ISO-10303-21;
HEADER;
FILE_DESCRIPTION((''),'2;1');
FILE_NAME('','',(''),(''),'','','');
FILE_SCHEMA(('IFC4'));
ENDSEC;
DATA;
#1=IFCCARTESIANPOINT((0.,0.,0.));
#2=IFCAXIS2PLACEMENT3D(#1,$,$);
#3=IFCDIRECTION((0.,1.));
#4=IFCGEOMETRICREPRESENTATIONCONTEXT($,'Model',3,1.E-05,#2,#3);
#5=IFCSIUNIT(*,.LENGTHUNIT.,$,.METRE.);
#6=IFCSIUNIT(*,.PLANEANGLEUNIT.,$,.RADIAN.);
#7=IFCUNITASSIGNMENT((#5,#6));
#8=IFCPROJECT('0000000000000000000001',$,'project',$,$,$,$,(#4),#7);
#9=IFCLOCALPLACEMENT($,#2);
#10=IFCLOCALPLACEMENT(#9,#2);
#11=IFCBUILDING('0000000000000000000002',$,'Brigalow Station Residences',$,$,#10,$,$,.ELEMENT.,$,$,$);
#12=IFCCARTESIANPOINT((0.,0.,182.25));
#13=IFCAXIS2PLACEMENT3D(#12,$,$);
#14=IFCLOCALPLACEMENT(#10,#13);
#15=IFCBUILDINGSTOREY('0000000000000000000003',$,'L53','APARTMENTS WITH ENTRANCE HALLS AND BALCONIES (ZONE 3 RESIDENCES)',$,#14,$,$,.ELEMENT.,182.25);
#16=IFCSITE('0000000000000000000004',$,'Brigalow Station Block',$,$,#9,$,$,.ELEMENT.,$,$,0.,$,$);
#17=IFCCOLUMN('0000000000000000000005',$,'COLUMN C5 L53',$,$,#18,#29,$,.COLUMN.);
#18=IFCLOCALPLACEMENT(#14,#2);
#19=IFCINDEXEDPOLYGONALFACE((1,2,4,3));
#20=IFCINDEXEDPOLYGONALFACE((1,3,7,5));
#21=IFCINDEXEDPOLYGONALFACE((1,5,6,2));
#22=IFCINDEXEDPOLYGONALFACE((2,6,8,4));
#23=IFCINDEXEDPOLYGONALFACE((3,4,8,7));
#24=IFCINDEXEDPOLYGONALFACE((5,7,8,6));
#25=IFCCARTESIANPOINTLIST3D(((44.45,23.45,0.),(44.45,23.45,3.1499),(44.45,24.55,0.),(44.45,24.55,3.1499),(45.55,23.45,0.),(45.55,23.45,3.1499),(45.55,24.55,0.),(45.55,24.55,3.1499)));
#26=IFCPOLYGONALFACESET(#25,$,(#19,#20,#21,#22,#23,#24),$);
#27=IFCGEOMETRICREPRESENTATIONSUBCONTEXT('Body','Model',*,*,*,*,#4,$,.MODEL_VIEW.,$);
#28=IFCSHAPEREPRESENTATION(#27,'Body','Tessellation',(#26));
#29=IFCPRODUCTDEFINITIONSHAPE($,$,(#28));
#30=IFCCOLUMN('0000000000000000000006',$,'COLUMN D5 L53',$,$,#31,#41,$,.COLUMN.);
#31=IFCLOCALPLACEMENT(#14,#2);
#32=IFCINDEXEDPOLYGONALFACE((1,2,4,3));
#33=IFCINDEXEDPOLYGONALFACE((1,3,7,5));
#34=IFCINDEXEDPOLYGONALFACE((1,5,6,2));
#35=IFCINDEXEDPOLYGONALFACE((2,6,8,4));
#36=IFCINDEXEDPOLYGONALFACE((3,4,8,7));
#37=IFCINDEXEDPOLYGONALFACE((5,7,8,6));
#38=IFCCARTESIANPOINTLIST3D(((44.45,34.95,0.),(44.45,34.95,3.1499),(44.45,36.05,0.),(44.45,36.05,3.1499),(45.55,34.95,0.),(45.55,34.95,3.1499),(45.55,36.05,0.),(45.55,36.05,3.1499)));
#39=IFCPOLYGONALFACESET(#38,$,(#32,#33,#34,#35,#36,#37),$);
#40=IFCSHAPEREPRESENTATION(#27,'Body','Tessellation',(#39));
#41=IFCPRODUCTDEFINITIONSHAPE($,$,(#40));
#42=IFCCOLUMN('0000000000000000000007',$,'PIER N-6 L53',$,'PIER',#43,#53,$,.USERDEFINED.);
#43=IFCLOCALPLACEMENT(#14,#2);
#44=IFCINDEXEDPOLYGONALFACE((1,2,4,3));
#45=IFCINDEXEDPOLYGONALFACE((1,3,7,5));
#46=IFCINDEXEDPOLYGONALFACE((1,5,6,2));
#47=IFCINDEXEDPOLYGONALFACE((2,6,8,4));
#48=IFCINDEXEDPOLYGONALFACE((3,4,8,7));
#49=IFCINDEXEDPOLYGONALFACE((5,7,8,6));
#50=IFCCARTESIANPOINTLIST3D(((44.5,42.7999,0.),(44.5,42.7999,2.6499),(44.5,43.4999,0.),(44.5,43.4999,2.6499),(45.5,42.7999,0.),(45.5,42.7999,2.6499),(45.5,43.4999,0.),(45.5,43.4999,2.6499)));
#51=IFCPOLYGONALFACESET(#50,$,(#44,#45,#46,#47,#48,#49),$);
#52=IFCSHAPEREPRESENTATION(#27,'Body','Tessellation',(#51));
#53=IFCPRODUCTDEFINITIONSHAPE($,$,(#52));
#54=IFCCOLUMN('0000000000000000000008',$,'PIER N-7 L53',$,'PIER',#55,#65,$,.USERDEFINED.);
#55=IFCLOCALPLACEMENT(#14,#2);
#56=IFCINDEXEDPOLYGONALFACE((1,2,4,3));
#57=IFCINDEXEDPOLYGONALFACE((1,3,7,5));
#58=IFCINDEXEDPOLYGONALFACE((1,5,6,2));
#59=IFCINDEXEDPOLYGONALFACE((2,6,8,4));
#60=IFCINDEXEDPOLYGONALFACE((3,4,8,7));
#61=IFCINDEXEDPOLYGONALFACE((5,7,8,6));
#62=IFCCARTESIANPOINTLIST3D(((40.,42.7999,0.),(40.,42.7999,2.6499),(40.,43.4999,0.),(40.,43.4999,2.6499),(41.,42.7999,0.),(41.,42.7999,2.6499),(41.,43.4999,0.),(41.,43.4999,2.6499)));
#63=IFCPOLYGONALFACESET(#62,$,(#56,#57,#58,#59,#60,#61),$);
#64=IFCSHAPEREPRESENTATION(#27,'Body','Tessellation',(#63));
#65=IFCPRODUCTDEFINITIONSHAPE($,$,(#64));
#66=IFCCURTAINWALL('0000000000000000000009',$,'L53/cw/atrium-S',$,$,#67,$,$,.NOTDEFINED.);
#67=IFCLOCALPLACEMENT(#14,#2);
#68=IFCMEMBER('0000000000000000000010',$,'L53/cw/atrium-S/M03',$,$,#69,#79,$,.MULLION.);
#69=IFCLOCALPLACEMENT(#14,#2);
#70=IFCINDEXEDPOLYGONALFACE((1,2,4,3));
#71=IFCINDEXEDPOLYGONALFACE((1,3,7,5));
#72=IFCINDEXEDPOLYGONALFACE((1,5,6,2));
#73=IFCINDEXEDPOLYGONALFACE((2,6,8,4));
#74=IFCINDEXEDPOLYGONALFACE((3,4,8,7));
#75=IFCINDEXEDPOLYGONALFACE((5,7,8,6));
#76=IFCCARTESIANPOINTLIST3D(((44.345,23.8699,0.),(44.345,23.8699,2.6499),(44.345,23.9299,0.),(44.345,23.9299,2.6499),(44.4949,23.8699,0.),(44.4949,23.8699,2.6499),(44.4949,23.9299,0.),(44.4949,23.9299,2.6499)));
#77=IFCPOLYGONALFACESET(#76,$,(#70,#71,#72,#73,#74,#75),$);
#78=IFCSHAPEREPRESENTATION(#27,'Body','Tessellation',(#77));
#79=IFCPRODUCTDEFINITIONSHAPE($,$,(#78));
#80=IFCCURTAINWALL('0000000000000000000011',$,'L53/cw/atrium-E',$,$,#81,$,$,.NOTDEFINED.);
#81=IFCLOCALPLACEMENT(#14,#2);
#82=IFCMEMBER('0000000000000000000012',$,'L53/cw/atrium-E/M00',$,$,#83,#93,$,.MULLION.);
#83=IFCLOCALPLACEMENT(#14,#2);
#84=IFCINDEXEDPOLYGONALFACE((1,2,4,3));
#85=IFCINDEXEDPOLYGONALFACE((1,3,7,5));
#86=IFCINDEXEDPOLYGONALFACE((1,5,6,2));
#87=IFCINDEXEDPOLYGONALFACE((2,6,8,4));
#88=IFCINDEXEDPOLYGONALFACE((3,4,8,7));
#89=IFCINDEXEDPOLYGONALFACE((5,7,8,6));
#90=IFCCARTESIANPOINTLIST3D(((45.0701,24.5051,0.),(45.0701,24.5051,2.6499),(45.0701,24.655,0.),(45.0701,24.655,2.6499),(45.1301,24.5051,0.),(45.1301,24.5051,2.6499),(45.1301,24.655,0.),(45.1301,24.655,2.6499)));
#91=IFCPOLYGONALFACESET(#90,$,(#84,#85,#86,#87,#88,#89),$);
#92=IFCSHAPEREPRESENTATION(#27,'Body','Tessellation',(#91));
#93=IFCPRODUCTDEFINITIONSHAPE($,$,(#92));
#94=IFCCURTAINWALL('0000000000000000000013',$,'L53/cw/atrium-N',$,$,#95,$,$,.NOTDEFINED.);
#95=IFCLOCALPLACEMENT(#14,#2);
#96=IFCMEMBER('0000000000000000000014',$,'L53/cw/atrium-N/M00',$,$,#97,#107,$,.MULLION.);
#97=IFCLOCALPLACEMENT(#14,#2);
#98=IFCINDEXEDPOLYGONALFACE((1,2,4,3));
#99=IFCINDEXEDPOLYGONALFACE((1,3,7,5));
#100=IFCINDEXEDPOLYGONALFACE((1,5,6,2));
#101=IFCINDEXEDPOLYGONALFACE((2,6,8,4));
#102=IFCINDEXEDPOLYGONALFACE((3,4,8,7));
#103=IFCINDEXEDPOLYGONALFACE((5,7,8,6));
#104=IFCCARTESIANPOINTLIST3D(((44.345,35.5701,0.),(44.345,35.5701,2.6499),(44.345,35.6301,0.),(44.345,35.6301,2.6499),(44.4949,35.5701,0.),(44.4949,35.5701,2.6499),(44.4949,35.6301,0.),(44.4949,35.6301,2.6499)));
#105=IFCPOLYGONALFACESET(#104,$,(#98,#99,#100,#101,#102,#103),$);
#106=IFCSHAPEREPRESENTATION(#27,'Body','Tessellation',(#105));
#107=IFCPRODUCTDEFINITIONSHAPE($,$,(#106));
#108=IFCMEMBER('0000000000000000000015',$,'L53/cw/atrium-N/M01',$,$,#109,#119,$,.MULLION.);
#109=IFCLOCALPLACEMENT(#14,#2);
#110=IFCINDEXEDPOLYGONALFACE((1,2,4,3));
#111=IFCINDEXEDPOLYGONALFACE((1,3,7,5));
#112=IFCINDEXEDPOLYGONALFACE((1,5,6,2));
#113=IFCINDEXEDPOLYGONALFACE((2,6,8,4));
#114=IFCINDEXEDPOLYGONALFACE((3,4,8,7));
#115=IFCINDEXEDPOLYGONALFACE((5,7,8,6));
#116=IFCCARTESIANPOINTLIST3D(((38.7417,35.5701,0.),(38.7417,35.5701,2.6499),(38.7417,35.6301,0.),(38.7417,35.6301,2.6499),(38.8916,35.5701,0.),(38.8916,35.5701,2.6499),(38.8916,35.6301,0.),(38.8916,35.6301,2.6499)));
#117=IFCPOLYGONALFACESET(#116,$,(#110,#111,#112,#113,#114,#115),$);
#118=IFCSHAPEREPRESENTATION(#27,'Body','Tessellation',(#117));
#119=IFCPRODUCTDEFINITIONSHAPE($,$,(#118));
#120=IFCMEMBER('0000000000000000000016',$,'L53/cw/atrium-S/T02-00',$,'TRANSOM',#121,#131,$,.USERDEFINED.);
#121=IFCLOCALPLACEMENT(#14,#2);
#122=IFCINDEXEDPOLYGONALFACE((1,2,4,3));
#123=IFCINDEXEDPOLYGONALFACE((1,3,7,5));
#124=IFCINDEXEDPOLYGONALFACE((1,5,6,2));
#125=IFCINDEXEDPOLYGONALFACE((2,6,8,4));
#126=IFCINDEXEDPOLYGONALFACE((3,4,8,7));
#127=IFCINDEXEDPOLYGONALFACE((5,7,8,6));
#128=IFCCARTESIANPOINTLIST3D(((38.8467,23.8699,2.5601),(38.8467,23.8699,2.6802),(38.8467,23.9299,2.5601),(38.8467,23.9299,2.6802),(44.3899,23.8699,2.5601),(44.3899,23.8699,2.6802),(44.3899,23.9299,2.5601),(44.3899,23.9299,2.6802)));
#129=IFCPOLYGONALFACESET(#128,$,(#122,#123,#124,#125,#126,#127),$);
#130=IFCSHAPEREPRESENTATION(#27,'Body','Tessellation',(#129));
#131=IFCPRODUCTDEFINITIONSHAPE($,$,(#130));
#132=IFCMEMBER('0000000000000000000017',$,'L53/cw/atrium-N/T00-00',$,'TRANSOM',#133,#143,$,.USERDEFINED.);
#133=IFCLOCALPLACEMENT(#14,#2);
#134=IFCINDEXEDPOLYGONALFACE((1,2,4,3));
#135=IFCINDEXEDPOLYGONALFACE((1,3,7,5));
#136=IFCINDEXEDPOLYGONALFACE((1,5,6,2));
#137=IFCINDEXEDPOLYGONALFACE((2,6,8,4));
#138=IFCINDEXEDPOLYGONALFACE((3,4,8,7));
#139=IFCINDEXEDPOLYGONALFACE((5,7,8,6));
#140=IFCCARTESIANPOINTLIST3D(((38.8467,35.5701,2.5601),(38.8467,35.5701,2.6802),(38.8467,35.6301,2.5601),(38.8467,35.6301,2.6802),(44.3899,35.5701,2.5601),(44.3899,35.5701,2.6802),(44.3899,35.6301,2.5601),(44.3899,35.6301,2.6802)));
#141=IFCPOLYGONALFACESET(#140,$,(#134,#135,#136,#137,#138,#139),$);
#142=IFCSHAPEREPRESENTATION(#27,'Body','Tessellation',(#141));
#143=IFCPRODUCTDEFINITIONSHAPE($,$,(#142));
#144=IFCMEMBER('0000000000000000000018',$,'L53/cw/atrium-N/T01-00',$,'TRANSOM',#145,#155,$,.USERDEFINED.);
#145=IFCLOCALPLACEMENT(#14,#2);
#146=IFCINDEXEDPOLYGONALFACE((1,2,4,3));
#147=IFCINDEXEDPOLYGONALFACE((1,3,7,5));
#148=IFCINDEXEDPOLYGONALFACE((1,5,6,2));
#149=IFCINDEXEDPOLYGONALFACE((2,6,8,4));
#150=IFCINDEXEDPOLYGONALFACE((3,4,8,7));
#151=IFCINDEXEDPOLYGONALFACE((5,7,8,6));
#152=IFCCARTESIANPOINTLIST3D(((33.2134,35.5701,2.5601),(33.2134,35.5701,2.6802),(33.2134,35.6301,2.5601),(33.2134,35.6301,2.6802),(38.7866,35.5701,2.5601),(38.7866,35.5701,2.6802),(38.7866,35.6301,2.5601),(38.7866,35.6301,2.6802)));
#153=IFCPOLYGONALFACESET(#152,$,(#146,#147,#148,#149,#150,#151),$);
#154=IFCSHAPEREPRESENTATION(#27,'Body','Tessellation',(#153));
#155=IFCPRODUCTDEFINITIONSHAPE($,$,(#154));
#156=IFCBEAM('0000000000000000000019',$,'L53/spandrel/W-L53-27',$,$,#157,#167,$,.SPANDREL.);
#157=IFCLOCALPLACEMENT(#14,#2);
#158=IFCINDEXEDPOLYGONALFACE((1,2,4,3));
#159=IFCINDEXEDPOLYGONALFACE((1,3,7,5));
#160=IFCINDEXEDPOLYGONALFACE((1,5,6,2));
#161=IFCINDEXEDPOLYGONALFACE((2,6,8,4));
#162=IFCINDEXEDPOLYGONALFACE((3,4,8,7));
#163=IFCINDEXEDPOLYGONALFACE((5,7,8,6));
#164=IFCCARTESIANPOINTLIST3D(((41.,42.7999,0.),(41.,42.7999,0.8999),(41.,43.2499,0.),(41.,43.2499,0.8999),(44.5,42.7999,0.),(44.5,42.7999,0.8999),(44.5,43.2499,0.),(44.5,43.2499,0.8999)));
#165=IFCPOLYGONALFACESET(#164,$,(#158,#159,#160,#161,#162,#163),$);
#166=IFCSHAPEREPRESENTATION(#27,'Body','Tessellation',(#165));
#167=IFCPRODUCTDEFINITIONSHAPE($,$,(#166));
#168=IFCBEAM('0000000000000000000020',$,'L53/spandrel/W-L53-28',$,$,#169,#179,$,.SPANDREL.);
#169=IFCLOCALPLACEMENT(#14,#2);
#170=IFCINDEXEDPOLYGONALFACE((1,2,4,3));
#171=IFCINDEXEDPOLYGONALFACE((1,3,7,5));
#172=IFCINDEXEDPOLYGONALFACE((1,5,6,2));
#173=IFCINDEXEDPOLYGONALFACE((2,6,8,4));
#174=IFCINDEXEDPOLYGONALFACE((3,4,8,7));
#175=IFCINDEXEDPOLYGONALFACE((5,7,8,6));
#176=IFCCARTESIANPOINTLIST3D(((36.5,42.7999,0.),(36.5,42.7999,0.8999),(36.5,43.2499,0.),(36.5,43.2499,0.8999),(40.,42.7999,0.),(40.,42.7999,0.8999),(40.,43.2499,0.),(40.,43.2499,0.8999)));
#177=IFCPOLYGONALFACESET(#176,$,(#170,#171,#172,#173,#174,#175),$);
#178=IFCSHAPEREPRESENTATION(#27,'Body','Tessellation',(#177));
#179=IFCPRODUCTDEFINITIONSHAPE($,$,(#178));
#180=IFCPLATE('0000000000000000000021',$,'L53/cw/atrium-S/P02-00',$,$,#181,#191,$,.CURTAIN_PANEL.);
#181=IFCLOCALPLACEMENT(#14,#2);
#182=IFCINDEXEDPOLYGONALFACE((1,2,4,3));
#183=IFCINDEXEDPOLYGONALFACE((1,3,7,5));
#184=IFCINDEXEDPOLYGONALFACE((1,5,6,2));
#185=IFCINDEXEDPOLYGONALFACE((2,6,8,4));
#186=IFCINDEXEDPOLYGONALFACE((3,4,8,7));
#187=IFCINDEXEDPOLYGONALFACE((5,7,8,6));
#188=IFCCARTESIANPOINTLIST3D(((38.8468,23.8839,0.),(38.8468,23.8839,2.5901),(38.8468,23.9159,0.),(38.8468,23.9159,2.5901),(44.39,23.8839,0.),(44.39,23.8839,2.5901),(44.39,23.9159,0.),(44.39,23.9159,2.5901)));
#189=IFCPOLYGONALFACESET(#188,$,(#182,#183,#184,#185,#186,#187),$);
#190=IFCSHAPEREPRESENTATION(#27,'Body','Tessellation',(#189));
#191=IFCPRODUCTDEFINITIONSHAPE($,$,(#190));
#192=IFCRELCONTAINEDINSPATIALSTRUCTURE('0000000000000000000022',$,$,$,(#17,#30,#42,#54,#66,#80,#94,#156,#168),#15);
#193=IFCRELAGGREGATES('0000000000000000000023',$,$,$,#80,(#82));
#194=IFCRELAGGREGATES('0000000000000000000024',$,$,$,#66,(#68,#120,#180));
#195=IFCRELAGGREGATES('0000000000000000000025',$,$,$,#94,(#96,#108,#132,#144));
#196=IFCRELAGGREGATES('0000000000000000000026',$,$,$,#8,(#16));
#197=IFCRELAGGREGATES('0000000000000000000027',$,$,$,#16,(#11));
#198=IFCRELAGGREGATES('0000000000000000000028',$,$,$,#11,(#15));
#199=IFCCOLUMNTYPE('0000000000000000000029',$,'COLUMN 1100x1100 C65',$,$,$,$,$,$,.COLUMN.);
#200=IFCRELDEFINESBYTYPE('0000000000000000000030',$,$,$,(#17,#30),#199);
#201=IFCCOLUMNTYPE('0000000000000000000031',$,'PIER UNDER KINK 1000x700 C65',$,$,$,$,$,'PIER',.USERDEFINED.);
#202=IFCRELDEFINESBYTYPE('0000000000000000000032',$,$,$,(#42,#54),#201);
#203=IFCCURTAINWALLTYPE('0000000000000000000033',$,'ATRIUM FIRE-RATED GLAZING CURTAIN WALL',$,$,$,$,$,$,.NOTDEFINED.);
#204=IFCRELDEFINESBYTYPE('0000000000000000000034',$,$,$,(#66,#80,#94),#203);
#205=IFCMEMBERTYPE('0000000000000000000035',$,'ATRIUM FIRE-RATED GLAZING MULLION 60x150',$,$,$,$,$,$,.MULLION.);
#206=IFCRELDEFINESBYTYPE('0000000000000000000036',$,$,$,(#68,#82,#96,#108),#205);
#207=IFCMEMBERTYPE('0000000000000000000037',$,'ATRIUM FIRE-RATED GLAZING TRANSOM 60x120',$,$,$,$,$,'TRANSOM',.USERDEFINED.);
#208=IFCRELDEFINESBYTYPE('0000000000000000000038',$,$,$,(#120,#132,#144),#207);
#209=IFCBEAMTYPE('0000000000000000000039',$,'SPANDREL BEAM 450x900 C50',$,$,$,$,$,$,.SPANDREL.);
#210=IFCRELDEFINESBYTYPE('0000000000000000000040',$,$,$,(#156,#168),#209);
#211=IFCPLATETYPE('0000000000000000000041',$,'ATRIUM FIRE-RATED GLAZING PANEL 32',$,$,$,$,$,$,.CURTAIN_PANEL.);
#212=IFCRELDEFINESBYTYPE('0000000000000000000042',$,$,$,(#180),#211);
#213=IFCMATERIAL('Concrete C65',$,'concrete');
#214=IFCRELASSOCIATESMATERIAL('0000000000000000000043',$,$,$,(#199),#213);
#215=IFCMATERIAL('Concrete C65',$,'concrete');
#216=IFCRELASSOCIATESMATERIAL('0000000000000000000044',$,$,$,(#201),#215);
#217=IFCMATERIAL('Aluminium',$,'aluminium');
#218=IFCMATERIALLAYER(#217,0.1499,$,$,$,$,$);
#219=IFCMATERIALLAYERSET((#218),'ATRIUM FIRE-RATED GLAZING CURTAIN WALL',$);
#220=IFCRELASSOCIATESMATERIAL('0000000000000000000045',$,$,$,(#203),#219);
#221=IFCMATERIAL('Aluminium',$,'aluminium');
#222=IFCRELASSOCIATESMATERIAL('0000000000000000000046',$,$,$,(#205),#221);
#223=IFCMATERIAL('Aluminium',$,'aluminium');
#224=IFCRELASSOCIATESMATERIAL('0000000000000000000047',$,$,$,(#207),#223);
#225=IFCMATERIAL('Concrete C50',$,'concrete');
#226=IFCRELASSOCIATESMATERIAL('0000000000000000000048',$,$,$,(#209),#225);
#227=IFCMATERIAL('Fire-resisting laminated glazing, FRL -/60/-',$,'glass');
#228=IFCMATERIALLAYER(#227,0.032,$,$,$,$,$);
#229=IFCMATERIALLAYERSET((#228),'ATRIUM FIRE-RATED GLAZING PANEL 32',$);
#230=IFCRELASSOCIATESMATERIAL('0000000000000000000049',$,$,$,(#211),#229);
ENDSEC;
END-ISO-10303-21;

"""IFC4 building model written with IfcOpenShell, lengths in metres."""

from ifc_helpers import new_model, si_unit, direction, frame, origin, origin_2d, place, context, subcontext, project, spatial, rectangle, extrude, material, layer, layer_set, material_profile, profile_set, type_object, element, aggregate, save


model = new_model("IFC4")

# Units and contexts
model_context = context("Model", 3, precision=1e-05, world=origin(), true_north=direction((0.0, 1.0)))
body_context = subcontext(model_context, "Body", "Model", "MODEL_VIEW")
ifc_project = project(units=[si_unit("LENGTHUNIT", "METRE"), si_unit("PLANEANGLEUNIT", "RADIAN")], contexts=[model_context])

# Site, building, storey
site_placement = place(None, origin())
site = spatial("IfcSite", under=ifc_project, at=site_placement, Name="Brigalow Station Block", CompositionType="ELEMENT", RefElevation=0.0)
building_placement = place(site_placement, origin())
building = spatial("IfcBuilding", under=site, at=building_placement, Name="Brigalow Station Residences", CompositionType="ELEMENT")
storey_placement = place(building_placement, frame((0.0, 0.0, 182.25)))
storey = spatial("IfcBuildingStorey", under=building, at=storey_placement, Name="L53", Description="APARTMENTS WITH ENTRANCE HALLS AND BALCONIES (ZONE 3 RESIDENCES)", CompositionType="ELEMENT", Elevation=182.25)

# Columns
ifc_material_1 = material(Name="Concrete C65", Category="concrete")
ifc_material_profile_1 = material_profile(ifc_material_1, rectangle(XDim=1.1001, YDim=1.1001, at=origin_2d()), Name="RC1100x1100")
ifc_profile_set_1 = profile_set([ifc_material_profile_1], Name="Concrete C65")
column_type_1 = type_object("IfcColumnType", Name="COLUMN 1100x1100 C65", PredefinedType="COLUMN", material=ifc_profile_set_1)
for number, where, z_axis, x_axis, name in (
    (1, (45.0, 24.0, 0.0), (0.0, 0.0, 1.0), (1.0, 0.0, 0.0), "COLUMN C5 L53"),
    (2, (45.0, 35.5, 0.0), (0.0, 0.0, 1.0), (1.0, 0.0, 0.0), "COLUMN D5 L53"),
):
    element("IfcColumn", number, at=place(storey_placement, frame(where, z_axis=z_axis, x_axis=x_axis)), inside=storey, type_object=column_type_1, Name=name, PredefinedType="COLUMN", context=body_context, shape_type="SweptSolid", body=[
        extrude(rectangle(XDim=1.1001, YDim=1.1001, at=origin_2d()), origin(), (0.0, 0.0, 1.0), 3.1499),
    ])
ifc_material_2 = material(Name="Concrete C65", Category="concrete")
ifc_material_profile_2 = material_profile(ifc_material_2, rectangle(XDim=1.0, YDim=0.7, at=origin_2d()), Name="RC1000x700")
ifc_profile_set_2 = profile_set([ifc_material_profile_2], Name="Concrete C65")
column_type_2 = type_object("IfcColumnType", Name="PIER UNDER KINK 1000x700 C65", ElementType="PIER", PredefinedType="USERDEFINED", material=ifc_profile_set_2)
for number, where, z_axis, x_axis, name in (
    (3, (45.0, 43.1499, 0.0), (0.0, 0.0, 1.0), (-1.0, 0.0, 0.0), "PIER N-6 L53"),
    (4, (40.5, 43.1499, 0.0), (0.0, 0.0, 1.0), (-1.0, 0.0, 0.0), "PIER N-7 L53"),
):
    element("IfcColumn", number, at=place(storey_placement, frame(where, z_axis=z_axis, x_axis=x_axis)), inside=storey, type_object=column_type_2, Name=name, ObjectType="PIER", PredefinedType="USERDEFINED", context=body_context, shape_type="SweptSolid", body=[
        extrude(rectangle(XDim=1.0, YDim=0.7, at=origin_2d()), origin(), (0.0, 0.0, 1.0), 2.6499),
    ])

# Curtain walls, members
ifc_material_3 = material(Name="Aluminium", Category="aluminium")
ifc_layer_1 = layer(ifc_material_3, 0.1499)
ifc_layer_set_1 = layer_set([ifc_layer_1], Name="ATRIUM FIRE-RATED GLAZING CURTAIN WALL")
curtain_wall_type = type_object("IfcCurtainWallType", Name="ATRIUM FIRE-RATED GLAZING CURTAIN WALL", PredefinedType="NOTDEFINED", material=ifc_layer_set_1)
curtain_wall_1_placement = place(storey_placement, origin())
curtain_wall_1 = element("IfcCurtainWall", 5, at=curtain_wall_1_placement, inside=storey, type_object=curtain_wall_type, Name="L53/cw/atrium-S", PredefinedType="NOTDEFINED")
ifc_material_4 = material(Name="Aluminium", Category="aluminium")
ifc_material_profile_3 = material_profile(ifc_material_4, rectangle(XDim=0.0601, YDim=0.1499, at=origin_2d()), Name="ATRIUM FIRE-RATED GLAZING MULLION 60x150")
ifc_profile_set_3 = profile_set([ifc_material_profile_3], Name="Aluminium")
member_type_1 = type_object("IfcMemberType", Name="ATRIUM FIRE-RATED GLAZING MULLION 60x150", PredefinedType="MULLION", material=ifc_profile_set_3)
member_1_placement = place(storey_placement, frame((44.4199, 23.8999, 0.0), z_axis=(0.0, 0.0, 1.0), x_axis=(0.0, 1.0, 0.0)))
member_1 = element("IfcMember", 6, at=member_1_placement, type_object=member_type_1, Name="L53/cw/atrium-S/M03", PredefinedType="MULLION", context=body_context, shape_type="SweptSolid", body=[
    extrude(rectangle(XDim=0.0601, YDim=0.1499, at=origin_2d()), origin(), (0.0, 0.0, 1.0), 2.6499),
])
curtain_wall_2_placement = place(storey_placement, origin())
curtain_wall_2 = element("IfcCurtainWall", 7, at=curtain_wall_2_placement, inside=storey, type_object=curtain_wall_type, Name="L53/cw/atrium-E", PredefinedType="NOTDEFINED")
member_2_placement = place(storey_placement, frame((45.1001, 24.5801, 0.0), z_axis=(0.0, 0.0, 1.0), x_axis=(-1.0, 0.0, 0.0)))
member_2 = element("IfcMember", 8, at=member_2_placement, type_object=member_type_1, Name="L53/cw/atrium-E/M00", PredefinedType="MULLION", context=body_context, shape_type="SweptSolid", body=[
    extrude(rectangle(XDim=0.0601, YDim=0.1499, at=origin_2d()), origin(), (0.0, 0.0, 1.0), 2.6499),
])
aggregate(curtain_wall_2, [member_2])

# Curtain wall, members
curtain_wall_3_placement = place(storey_placement, origin())
curtain_wall_3 = element("IfcCurtainWall", 9, at=curtain_wall_3_placement, inside=storey, type_object=curtain_wall_type, Name="L53/cw/atrium-N", PredefinedType="NOTDEFINED")
member_3_placement = place(storey_placement, frame((44.4199, 35.6001, 0.0), z_axis=(0.0, 0.0, 1.0), x_axis=(0.0, -1.0, 0.0)))
member_3 = element("IfcMember", 10, at=member_3_placement, type_object=member_type_1, Name="L53/cw/atrium-N/M00", PredefinedType="MULLION", context=body_context, shape_type="SweptSolid", body=[
    extrude(rectangle(XDim=0.0601, YDim=0.1499, at=origin_2d()), origin(), (0.0, 0.0, 1.0), 2.6499),
])
member_4_placement = place(storey_placement, frame((38.8167, 35.6001, 0.0), z_axis=(0.0, 0.0, 1.0), x_axis=(0.0, -1.0, 0.0)))
member_4 = element("IfcMember", 11, at=member_4_placement, type_object=member_type_1, Name="L53/cw/atrium-N/M01", PredefinedType="MULLION", context=body_context, shape_type="SweptSolid", body=[
    extrude(rectangle(XDim=0.0601, YDim=0.1499, at=origin_2d()), origin(), (0.0, 0.0, 1.0), 2.6499),
])

# Members
ifc_material_5 = material(Name="Aluminium", Category="aluminium")
ifc_material_profile_4 = material_profile(ifc_material_5, rectangle(XDim=0.0601, YDim=0.1201, at=origin_2d()), Name="ATRIUM FIRE-RATED GLAZING TRANSOM 60x120")
ifc_profile_set_4 = profile_set([ifc_material_profile_4], Name="Aluminium")
member_type_2 = type_object("IfcMemberType", Name="ATRIUM FIRE-RATED GLAZING TRANSOM 60x120", ElementType="TRANSOM", PredefinedType="USERDEFINED", material=ifc_profile_set_4)
member_5_placement = place(storey_placement, frame((38.8467, 23.8999, 2.6201), z_axis=(1.0, 0.0, 0.0), x_axis=(0.0, 1.0, 0.0)))
member_5 = element("IfcMember", 12, at=member_5_placement, type_object=member_type_2, Name="L53/cw/atrium-S/T02-00", ObjectType="TRANSOM", PredefinedType="USERDEFINED", context=body_context, shape_type="SweptSolid", body=[
    extrude(rectangle(XDim=0.0601, YDim=0.1201, at=origin_2d()), origin(), (0.0, 0.0, 1.0), 5.5432),
])
member_6_placement = place(storey_placement, frame((44.3899, 35.6001, 2.6201), z_axis=(-1.0, 0.0, 0.0), x_axis=(0.0, -1.0, 0.0)))
member_6 = element("IfcMember", 13, at=member_6_placement, type_object=member_type_2, Name="L53/cw/atrium-N/T00-00", ObjectType="TRANSOM", PredefinedType="USERDEFINED", context=body_context, shape_type="SweptSolid", body=[
    extrude(rectangle(XDim=0.0601, YDim=0.1201, at=origin_2d()), origin(), (0.0, 0.0, 1.0), 5.5432),
])
member_7_placement = place(storey_placement, frame((38.7866, 35.6001, 2.6201), z_axis=(-1.0, 0.0, 0.0), x_axis=(0.0, -1.0, 0.0)))
member_7 = element("IfcMember", 14, at=member_7_placement, type_object=member_type_2, Name="L53/cw/atrium-N/T01-00", ObjectType="TRANSOM", PredefinedType="USERDEFINED", context=body_context, shape_type="SweptSolid", body=[
    extrude(rectangle(XDim=0.0601, YDim=0.1201, at=origin_2d()), origin(), (0.0, 0.0, 1.0), 5.5732),
])

# Beams
ifc_material_6 = material(Name="Concrete C50", Category="concrete")
ifc_material_profile_5 = material_profile(ifc_material_6, rectangle(XDim=0.45, YDim=0.8999, at=origin_2d()), Name="RC450x900")
ifc_profile_set_5 = profile_set([ifc_material_profile_5], Name="Concrete C50")
beam_type = type_object("IfcBeamType", Name="SPANDREL BEAM 450x900 C50", PredefinedType="SPANDREL", material=ifc_profile_set_5)
for number, where, z_axis, x_axis, name in (
    (15, (44.5, 43.0249, 0.45), (-1.0, 0.0, 0.0), (0.0, -1.0, 0.0), "L53/spandrel/W-L53-27"),
    (16, (40.0, 43.0249, 0.45), (-1.0, 0.0, 0.0), (0.0, -1.0, 0.0), "L53/spandrel/W-L53-28"),
):
    element("IfcBeam", number, at=place(storey_placement, frame(where, z_axis=z_axis, x_axis=x_axis)), inside=storey, type_object=beam_type, Name=name, PredefinedType="SPANDREL", context=body_context, shape_type="SweptSolid", body=[
        extrude(rectangle(XDim=0.45, YDim=0.8999, at=origin_2d()), origin(), (0.0, 0.0, 1.0), 3.5),
    ])

# Plate
ifc_material_7 = material(Name="Fire-resisting laminated glazing, FRL -/60/-", Category="glass")
ifc_layer_2 = layer(ifc_material_7, 0.032)
ifc_layer_set_2 = layer_set([ifc_layer_2], Name="ATRIUM FIRE-RATED GLAZING PANEL 32")
plate_type = type_object("IfcPlateType", Name="ATRIUM FIRE-RATED GLAZING PANEL 32", PredefinedType="CURTAIN_PANEL", material=ifc_layer_set_2)
plate_1_placement = place(storey_placement, frame((41.6184, 23.8999, 0.0), z_axis=(0.0, 0.0, 1.0), x_axis=(1.0, 0.0, 0.0)))
plate_1 = element("IfcPlate", 17, at=plate_1_placement, type_object=plate_type, Name="L53/cw/atrium-S/P02-00", PredefinedType="CURTAIN_PANEL", context=body_context, shape_type="SweptSolid", body=[
    extrude(rectangle(XDim=5.5432, YDim=0.032, at=origin_2d()), origin(), (0.0, 0.0, 1.0), 2.5901),
])
aggregate(curtain_wall_1, [member_1, member_5, plate_1])
aggregate(curtain_wall_3, [member_3, member_4, member_6, member_7])

save(model, "model.ifc")
